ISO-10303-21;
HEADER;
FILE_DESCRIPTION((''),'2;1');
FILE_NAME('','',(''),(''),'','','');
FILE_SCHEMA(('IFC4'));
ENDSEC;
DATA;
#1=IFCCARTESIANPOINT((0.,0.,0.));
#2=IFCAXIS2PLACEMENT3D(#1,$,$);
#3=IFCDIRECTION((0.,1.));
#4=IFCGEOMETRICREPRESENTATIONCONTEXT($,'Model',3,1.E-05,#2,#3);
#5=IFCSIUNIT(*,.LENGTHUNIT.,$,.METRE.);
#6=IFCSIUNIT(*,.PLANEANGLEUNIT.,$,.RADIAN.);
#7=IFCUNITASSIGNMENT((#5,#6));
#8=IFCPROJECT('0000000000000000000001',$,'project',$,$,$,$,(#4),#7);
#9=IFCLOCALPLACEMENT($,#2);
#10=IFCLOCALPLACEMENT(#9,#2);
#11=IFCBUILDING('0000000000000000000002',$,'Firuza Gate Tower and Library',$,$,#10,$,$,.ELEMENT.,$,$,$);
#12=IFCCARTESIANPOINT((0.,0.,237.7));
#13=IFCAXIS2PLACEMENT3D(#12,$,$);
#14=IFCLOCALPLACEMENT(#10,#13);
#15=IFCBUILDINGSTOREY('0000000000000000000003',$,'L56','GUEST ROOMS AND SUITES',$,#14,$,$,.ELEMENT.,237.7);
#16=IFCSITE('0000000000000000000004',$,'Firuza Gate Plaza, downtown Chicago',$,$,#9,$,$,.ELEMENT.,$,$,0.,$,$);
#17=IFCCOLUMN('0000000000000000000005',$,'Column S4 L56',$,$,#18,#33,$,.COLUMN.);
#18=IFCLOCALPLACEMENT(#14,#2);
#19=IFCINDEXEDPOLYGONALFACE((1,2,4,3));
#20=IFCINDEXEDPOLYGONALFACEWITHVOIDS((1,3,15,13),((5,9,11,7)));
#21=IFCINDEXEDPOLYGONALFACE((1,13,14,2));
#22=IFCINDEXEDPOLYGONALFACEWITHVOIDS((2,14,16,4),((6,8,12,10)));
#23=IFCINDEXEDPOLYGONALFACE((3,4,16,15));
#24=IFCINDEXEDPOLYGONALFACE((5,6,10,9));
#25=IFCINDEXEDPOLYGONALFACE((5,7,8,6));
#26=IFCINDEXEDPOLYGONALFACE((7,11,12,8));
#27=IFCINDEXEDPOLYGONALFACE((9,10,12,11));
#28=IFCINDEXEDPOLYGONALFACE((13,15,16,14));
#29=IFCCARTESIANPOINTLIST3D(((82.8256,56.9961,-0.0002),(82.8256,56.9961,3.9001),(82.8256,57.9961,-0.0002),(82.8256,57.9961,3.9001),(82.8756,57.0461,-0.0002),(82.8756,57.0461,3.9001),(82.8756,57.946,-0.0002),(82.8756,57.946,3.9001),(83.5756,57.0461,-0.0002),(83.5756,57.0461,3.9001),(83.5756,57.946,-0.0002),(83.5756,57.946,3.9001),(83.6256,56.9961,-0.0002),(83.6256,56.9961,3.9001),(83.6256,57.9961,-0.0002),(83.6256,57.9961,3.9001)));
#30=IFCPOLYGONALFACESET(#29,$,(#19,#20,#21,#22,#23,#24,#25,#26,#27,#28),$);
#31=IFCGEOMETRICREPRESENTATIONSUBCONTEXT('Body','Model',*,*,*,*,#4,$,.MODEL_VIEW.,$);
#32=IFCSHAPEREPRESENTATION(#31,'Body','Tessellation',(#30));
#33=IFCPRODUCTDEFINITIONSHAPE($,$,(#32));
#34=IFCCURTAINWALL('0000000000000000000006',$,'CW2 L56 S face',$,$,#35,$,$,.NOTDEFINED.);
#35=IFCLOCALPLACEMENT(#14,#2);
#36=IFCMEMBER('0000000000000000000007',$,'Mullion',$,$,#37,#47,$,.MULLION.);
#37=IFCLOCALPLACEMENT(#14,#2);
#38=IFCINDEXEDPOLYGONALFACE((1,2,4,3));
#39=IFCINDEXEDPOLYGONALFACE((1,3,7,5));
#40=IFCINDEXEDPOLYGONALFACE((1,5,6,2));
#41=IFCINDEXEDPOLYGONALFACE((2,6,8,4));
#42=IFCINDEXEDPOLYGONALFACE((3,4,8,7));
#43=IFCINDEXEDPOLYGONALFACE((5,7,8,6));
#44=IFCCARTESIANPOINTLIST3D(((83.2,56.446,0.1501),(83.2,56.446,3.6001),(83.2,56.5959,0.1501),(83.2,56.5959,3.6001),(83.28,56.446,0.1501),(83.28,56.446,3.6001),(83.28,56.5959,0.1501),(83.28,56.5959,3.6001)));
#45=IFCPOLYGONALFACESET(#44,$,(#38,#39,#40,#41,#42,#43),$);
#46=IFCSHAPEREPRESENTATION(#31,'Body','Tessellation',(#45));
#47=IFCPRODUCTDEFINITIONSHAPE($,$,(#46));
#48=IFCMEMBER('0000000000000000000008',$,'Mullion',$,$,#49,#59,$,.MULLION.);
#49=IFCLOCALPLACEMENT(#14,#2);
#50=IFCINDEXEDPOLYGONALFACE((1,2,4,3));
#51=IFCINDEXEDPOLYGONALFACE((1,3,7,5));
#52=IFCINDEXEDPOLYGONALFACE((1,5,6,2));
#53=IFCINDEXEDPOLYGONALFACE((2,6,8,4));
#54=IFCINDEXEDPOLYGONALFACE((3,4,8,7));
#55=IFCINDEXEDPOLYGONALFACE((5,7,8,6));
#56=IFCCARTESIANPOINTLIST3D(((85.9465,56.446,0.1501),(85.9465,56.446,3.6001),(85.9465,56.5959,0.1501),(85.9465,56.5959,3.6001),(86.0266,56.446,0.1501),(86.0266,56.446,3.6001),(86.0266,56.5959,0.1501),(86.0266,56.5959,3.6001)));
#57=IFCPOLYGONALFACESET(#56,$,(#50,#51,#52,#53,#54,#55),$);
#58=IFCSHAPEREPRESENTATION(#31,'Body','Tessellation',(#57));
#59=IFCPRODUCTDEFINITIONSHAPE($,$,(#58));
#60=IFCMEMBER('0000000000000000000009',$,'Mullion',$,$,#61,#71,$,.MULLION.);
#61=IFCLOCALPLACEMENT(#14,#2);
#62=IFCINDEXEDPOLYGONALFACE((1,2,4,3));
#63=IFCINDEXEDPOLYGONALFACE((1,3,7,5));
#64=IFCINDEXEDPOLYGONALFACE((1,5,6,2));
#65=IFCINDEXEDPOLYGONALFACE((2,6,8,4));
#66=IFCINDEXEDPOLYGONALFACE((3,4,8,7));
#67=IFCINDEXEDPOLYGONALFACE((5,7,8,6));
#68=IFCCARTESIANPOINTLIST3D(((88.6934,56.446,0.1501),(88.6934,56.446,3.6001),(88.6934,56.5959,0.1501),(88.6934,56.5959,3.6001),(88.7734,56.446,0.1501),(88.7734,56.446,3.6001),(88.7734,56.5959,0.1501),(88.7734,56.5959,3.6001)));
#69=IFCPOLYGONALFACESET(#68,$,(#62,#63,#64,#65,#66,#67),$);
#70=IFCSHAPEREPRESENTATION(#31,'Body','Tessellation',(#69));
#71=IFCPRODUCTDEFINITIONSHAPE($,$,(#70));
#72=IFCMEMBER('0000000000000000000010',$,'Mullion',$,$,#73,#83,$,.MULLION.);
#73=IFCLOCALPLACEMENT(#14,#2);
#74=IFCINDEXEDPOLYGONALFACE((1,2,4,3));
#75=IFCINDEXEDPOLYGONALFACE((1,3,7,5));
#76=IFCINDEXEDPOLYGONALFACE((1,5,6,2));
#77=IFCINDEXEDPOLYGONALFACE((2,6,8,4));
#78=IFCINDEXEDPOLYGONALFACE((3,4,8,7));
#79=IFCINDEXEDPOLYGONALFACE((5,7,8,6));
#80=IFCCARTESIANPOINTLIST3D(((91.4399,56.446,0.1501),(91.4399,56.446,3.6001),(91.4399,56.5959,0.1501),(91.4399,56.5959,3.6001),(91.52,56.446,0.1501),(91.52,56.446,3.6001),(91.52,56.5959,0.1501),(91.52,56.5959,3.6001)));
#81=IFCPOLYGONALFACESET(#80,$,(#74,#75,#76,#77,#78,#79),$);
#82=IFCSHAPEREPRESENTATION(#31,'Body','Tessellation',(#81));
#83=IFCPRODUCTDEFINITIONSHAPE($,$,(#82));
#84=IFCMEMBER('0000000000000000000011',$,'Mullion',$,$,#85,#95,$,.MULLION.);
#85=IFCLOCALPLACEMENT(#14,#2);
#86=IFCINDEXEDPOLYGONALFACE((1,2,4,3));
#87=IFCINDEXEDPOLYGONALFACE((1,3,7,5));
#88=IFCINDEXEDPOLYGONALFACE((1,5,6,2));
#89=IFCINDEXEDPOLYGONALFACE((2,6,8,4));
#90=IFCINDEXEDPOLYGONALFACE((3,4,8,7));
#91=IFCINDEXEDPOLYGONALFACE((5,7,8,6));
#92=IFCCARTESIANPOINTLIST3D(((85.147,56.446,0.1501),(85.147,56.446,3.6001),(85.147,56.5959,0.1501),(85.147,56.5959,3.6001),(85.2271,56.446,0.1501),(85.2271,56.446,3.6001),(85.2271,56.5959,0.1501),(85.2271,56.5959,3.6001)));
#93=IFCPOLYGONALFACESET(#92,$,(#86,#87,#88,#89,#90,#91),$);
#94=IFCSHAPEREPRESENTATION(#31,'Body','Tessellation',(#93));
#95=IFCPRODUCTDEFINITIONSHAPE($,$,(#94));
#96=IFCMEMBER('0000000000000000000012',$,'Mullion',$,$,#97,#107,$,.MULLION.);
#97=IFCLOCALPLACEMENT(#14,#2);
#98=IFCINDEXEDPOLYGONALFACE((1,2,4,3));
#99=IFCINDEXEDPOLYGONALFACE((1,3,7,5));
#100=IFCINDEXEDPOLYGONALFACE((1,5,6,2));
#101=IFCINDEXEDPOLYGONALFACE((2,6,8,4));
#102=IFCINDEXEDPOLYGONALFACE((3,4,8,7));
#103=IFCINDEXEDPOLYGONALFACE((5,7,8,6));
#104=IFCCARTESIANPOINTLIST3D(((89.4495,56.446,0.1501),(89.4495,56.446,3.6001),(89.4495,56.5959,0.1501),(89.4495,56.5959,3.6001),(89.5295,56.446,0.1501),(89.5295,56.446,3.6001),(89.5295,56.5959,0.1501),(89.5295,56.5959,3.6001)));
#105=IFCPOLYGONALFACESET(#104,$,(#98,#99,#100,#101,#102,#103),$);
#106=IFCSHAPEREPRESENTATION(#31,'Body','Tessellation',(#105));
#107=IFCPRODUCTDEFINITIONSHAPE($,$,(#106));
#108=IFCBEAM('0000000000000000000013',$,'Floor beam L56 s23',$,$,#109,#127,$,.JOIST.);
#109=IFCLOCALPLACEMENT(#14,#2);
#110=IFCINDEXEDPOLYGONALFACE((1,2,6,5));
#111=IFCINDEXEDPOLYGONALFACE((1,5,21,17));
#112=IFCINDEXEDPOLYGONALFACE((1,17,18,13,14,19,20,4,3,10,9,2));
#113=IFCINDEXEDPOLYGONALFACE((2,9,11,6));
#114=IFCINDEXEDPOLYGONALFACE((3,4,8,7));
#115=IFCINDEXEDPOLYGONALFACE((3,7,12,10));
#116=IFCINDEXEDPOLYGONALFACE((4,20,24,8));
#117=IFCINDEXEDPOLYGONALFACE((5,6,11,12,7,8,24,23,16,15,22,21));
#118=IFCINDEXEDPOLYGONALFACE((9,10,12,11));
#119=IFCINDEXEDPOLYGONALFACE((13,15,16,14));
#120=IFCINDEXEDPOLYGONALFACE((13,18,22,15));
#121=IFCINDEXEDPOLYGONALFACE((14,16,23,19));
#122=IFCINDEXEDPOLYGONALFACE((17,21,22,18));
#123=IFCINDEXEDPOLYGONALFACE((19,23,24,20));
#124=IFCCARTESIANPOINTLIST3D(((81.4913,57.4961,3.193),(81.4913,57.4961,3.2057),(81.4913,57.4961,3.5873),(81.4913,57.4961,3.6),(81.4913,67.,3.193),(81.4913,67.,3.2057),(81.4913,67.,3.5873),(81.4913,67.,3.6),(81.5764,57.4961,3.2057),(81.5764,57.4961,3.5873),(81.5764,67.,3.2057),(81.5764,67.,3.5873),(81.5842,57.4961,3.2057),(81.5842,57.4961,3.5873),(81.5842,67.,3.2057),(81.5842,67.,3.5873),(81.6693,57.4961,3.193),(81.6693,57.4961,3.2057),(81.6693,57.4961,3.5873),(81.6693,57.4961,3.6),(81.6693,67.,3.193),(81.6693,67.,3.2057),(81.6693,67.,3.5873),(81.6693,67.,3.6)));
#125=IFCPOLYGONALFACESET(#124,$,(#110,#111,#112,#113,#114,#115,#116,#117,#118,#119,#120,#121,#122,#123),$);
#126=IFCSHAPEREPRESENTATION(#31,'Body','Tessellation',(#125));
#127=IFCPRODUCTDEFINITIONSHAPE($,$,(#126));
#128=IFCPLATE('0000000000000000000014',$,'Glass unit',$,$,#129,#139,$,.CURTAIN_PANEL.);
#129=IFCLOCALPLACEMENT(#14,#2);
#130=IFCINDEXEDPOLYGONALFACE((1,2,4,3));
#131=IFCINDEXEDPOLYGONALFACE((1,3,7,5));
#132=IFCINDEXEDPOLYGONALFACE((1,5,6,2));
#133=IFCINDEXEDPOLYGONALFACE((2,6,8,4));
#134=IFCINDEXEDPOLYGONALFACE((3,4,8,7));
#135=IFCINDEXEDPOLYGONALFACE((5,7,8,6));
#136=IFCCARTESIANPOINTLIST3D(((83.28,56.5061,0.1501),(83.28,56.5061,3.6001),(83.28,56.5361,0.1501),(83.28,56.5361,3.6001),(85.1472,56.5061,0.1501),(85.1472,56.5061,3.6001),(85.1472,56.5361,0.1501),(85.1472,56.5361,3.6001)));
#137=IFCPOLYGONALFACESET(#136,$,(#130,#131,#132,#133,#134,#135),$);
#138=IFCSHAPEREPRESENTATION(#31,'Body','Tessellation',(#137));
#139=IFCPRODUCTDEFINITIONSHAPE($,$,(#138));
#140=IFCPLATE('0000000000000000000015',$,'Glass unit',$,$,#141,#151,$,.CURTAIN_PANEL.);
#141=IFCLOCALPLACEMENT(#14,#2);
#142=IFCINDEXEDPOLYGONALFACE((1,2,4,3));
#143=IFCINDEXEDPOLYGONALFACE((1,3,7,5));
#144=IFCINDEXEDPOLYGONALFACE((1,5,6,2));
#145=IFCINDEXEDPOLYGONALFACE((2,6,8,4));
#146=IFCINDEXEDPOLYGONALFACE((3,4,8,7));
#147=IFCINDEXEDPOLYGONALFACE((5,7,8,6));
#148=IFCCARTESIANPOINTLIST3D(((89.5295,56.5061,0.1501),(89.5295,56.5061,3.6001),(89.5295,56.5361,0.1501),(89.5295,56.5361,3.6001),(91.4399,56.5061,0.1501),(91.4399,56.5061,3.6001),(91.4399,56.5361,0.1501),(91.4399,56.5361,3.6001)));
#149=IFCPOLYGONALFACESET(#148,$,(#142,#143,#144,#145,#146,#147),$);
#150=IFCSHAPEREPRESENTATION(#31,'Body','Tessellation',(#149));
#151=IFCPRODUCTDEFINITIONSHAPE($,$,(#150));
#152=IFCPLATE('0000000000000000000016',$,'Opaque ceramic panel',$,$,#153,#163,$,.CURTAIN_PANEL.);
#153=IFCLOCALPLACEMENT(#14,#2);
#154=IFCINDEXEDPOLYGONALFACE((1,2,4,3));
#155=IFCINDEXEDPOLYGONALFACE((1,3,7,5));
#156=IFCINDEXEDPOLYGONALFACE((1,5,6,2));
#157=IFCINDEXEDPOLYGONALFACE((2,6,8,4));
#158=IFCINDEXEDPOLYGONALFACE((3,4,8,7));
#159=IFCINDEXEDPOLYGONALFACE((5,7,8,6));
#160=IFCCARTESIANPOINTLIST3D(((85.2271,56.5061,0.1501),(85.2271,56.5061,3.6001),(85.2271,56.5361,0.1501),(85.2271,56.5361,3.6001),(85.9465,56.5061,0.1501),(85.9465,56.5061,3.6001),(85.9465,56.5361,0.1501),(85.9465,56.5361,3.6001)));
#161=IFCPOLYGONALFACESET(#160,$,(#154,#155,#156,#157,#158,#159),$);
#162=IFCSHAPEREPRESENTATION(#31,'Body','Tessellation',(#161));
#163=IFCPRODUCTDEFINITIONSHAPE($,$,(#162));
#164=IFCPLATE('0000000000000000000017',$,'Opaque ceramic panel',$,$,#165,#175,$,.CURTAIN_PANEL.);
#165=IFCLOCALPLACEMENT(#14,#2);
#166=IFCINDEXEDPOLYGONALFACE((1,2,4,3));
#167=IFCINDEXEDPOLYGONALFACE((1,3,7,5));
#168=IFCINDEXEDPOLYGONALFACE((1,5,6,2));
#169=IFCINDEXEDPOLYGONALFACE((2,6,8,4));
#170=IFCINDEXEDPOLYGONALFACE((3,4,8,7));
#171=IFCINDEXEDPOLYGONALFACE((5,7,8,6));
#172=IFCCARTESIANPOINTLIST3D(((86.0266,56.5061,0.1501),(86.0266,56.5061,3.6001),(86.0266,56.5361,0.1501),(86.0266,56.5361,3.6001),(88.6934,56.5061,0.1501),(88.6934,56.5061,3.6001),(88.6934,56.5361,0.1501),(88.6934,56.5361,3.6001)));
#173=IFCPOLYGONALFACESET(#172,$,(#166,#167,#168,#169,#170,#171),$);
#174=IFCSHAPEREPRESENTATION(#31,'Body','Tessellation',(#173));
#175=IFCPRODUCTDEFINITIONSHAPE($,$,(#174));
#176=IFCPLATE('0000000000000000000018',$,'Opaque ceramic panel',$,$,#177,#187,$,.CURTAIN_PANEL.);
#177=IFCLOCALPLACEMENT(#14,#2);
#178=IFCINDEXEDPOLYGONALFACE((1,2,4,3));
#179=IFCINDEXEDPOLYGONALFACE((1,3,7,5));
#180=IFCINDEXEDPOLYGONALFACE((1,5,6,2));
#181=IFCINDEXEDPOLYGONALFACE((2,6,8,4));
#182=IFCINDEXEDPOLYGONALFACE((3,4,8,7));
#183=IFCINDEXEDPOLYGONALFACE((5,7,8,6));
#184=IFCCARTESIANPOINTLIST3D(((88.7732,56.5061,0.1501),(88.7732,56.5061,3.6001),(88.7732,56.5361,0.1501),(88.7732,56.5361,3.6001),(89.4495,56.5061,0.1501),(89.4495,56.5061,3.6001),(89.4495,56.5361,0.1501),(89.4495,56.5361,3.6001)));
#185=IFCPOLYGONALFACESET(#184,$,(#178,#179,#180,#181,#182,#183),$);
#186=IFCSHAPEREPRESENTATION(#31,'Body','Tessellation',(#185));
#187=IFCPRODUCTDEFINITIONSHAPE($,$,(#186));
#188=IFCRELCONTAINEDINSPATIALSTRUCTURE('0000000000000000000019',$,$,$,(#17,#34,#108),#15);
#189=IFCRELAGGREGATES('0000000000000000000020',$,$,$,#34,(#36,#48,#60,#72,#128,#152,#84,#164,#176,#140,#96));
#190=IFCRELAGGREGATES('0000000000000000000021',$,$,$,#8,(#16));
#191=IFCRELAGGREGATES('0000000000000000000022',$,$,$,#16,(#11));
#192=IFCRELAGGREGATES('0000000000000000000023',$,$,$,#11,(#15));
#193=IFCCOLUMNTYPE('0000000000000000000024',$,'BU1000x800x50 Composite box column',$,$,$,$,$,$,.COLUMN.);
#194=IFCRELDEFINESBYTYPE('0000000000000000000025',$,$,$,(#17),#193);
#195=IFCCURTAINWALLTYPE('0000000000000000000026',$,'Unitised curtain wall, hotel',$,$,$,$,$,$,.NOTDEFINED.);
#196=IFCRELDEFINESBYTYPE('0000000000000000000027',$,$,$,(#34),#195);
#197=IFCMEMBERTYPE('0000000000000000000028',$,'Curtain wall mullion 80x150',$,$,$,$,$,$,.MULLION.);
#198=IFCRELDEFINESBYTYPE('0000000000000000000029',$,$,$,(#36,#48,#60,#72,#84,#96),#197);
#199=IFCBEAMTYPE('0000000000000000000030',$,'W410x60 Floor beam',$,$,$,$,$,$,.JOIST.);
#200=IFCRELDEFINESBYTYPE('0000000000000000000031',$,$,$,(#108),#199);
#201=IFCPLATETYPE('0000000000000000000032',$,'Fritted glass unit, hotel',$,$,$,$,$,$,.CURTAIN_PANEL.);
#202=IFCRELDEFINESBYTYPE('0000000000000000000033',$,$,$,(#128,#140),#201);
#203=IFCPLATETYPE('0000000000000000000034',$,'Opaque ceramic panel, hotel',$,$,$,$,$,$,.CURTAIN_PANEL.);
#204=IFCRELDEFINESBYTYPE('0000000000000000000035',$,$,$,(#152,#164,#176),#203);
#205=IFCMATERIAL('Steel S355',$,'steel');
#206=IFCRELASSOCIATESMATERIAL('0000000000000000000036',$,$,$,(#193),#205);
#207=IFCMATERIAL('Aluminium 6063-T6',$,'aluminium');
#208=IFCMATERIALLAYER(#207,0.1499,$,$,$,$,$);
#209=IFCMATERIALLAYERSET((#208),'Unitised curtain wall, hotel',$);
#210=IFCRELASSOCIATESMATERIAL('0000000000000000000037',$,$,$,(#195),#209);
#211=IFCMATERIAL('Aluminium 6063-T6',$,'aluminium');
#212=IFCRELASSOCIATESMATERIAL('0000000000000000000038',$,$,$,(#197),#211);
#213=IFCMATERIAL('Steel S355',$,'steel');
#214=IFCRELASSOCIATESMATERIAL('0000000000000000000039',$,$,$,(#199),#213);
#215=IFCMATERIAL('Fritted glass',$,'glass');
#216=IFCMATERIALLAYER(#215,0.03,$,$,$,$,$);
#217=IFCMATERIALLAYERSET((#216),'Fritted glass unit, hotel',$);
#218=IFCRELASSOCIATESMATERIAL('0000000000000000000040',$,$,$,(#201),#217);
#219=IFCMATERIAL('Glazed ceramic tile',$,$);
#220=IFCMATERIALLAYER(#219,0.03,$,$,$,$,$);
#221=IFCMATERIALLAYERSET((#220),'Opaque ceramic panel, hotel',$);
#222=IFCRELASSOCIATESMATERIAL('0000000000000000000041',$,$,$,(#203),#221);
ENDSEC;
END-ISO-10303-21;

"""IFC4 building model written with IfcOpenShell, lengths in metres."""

from ifc_helpers import new_model, si_unit, direction, frame, origin, origin_2d, place, context, subcontext, project, spatial, polyline, rectangle, hollow_rectangle, i_section, outline, extrude, material, layer, layer_set, material_profile, profile_set, type_object, element, aggregate, save


model = new_model("IFC4")

# Units and contexts
model_context = context("Model", 3, precision=1e-05, world=origin(), true_north=direction((0.0, 1.0)))
body_context = subcontext(model_context, "Body", "Model", "MODEL_VIEW")
ifc_project = project(units=[si_unit("LENGTHUNIT", "METRE"), si_unit("PLANEANGLEUNIT", "RADIAN")], contexts=[model_context])

# Site, building, storey
site_placement = place(None, origin())
site = spatial("IfcSite", under=ifc_project, at=site_placement, Name="Firuza Gate Plaza, downtown Chicago", CompositionType="ELEMENT", RefElevation=0.0)
building_placement = place(site_placement, origin())
building = spatial("IfcBuilding", under=site, at=building_placement, Name="Firuza Gate Tower and Library", CompositionType="ELEMENT")
storey_placement = place(building_placement, frame((0.0, 0.0, 237.7)))
storey = spatial("IfcBuildingStorey", under=building, at=storey_placement, Name="L56", Description="GUEST ROOMS AND SUITES", CompositionType="ELEMENT", Elevation=237.7)

# Column
ifc_material_1 = material(Name="Steel S355", Category="steel")
ifc_material_profile_1 = material_profile(ifc_material_1, hollow_rectangle(XDim=0.8, YDim=1.0, WallThickness=0.05, at=origin_2d()))
ifc_profile_set_1 = profile_set([ifc_material_profile_1], Name="Steel S355")
column_type = type_object("IfcColumnType", Name="BU1000x800x50 Composite box column", PredefinedType="COLUMN", material=ifc_profile_set_1)
column_placement = place(storey_placement, frame((83.2256, 57.4961, -0.0002), z_axis=(0.0, 0.0, 1.0), x_axis=(1.0, 0.0, 0.0)))
element("IfcColumn", 1, at=column_placement, inside=storey, type_object=column_type, Name="Column S4 L56", PredefinedType="COLUMN", context=body_context, shape_type="SweptSolid", body=[
    extrude(hollow_rectangle(XDim=0.8, YDim=1.0, WallThickness=0.05, at=origin_2d()), origin(), (0.0, 0.0, 1.0), 3.9004),
])

# Curtain wall, members
ifc_material_2 = material(Name="Aluminium 6063-T6", Category="aluminium")
ifc_layer_1 = layer(ifc_material_2, 0.1499)
ifc_layer_set_1 = layer_set([ifc_layer_1], Name="Unitised curtain wall, hotel")
curtain_wall_type = type_object("IfcCurtainWallType", Name="Unitised curtain wall, hotel", PredefinedType="NOTDEFINED", material=ifc_layer_set_1)
curtain_wall_placement = place(storey_placement, origin())
curtain_wall = element("IfcCurtainWall", 2, at=curtain_wall_placement, inside=storey, type_object=curtain_wall_type, Name="CW2 L56 S face", PredefinedType="NOTDEFINED")
ifc_material_3 = material(Name="Aluminium 6063-T6", Category="aluminium")
ifc_material_profile_2 = material_profile(ifc_material_3, rectangle(XDim=0.1499, YDim=0.0801, at=origin_2d()))
ifc_profile_set_2 = profile_set([ifc_material_profile_2], Name="Aluminium 6063-T6")
member_type = type_object("IfcMemberType", Name="Curtain wall mullion 80x150", PredefinedType="MULLION", material=ifc_profile_set_2)
member_1_placement = place(storey_placement, frame((83.24, 56.521, 0.1501), z_axis=(0.0, 0.0, 1.0), x_axis=(0.0, 1.0, 0.0)))
member_1 = element("IfcMember", 3, at=member_1_placement, type_object=member_type, Name="Mullion", PredefinedType="MULLION", context=body_context, shape_type="SweptSolid", body=[
    extrude(rectangle(XDim=0.1499, YDim=0.0801, at=origin_2d()), origin(), (0.0, 0.0, 1.0), 3.45),
])
member_2_placement = place(storey_placement, frame((85.9866, 56.521, 0.1501), z_axis=(0.0, 0.0, 1.0), x_axis=(0.0, 1.0, 0.0)))
member_2 = element("IfcMember", 4, at=member_2_placement, type_object=member_type, Name="Mullion", PredefinedType="MULLION", context=body_context, shape_type="SweptSolid", body=[
    extrude(rectangle(XDim=0.1499, YDim=0.0801, at=origin_2d()), origin(), (0.0, 0.0, 1.0), 3.45),
])
member_3_placement = place(storey_placement, frame((88.7334, 56.521, 0.1501), z_axis=(0.0, 0.0, 1.0), x_axis=(0.0, 1.0, 0.0)))
member_3 = element("IfcMember", 5, at=member_3_placement, type_object=member_type, Name="Mullion", PredefinedType="MULLION", context=body_context, shape_type="SweptSolid", body=[
    extrude(rectangle(XDim=0.1499, YDim=0.0801, at=origin_2d()), origin(), (0.0, 0.0, 1.0), 3.45),
])
member_4_placement = place(storey_placement, frame((91.48, 56.521, 0.1501), z_axis=(0.0, 0.0, 1.0), x_axis=(0.0, 1.0, 0.0)))
member_4 = element("IfcMember", 6, at=member_4_placement, type_object=member_type, Name="Mullion", PredefinedType="MULLION", context=body_context, shape_type="SweptSolid", body=[
    extrude(rectangle(XDim=0.1499, YDim=0.0801, at=origin_2d()), origin(), (0.0, 0.0, 1.0), 3.45),
])
member_5_placement = place(storey_placement, frame((85.187, 56.521, 0.1501), z_axis=(0.0, 0.0, 1.0), x_axis=(0.0, 1.0, 0.0)))
member_5 = element("IfcMember", 7, at=member_5_placement, type_object=member_type, Name="Mullion", PredefinedType="MULLION", context=body_context, shape_type="SweptSolid", body=[
    extrude(rectangle(XDim=0.1499, YDim=0.0801, at=origin_2d()), origin(), (0.0, 0.0, 1.0), 3.45),
])
member_6_placement = place(storey_placement, frame((89.4895, 56.521, 0.1501), z_axis=(0.0, 0.0, 1.0), x_axis=(0.0, 1.0, 0.0)))
member_6 = element("IfcMember", 8, at=member_6_placement, type_object=member_type, Name="Mullion", PredefinedType="MULLION", context=body_context, shape_type="SweptSolid", body=[
    extrude(rectangle(XDim=0.1499, YDim=0.0801, at=origin_2d()), origin(), (0.0, 0.0, 1.0), 3.45),
])

# Beam
ifc_material_4 = material(Name="Steel S355", Category="steel")
ifc_material_profile_3 = material_profile(ifc_material_4, i_section(OverallWidth=0.178, OverallDepth=0.407, WebThickness=0.0078, FlangeThickness=0.0127, at=origin_2d()))
ifc_profile_set_3 = profile_set([ifc_material_profile_3], Name="Steel S355")
beam_type = type_object("IfcBeamType", Name="W410x60 Floor beam", PredefinedType="JOIST", material=ifc_profile_set_3)
beam_placement = place(storey_placement, frame((81.5803, 57.4961, 3.3965), z_axis=(0.0, 1.0, 0.0), x_axis=(-1.0, 0.0, 0.0)))
element("IfcBeam", 9, at=beam_placement, inside=storey, type_object=beam_type, Name="Floor beam L56 s23", PredefinedType="JOIST", context=body_context, shape_type="SweptSolid", body=[
    extrude(i_section(OverallWidth=0.178, OverallDepth=0.407, WebThickness=0.0078, FlangeThickness=0.0127, at=origin_2d()), origin(), (0.0, 0.0, 1.0), 9.5039),
])

# Plates
ifc_material_5 = material(Name="Fritted glass", Category="glass")
ifc_layer_2 = layer(ifc_material_5, 0.03)
ifc_layer_set_2 = layer_set([ifc_layer_2], Name="Fritted glass unit, hotel")
plate_type_1 = type_object("IfcPlateType", Name="Fritted glass unit, hotel", PredefinedType="CURTAIN_PANEL", material=ifc_layer_set_2)
plate_1_placement = place(storey_placement, frame((83.28, 56.5061, 0.1501), z_axis=(0.0, -1.0, 0.0), x_axis=(1.0, 0.0, 0.0)))
plate_1 = element("IfcPlate", 10, at=plate_1_placement, type_object=plate_type_1, Name="Glass unit", PredefinedType="CURTAIN_PANEL", context=body_context, shape_type="SweptSolid", body=[
    extrude(outline(polyline([(0.0, 0.0), (1.8672, 0.0), (1.8672, 3.45), (0.0, 3.45), (0.0, 0.0)])), origin(), (0.0, 0.0, -1.0), 0.03),
])
plate_2_placement = place(storey_placement, frame((89.5295, 56.5061, 0.1501), z_axis=(0.0, -1.0, 0.0), x_axis=(1.0, 0.0, 0.0)))
plate_2 = element("IfcPlate", 11, at=plate_2_placement, type_object=plate_type_1, Name="Glass unit", PredefinedType="CURTAIN_PANEL", context=body_context, shape_type="SweptSolid", body=[
    extrude(outline(polyline([(0.0, 0.0), (1.9104, 0.0), (1.9104, 3.45), (0.0, 3.45), (0.0, 0.0)])), origin(), (0.0, 0.0, -1.0), 0.03),
])
ifc_material_6 = material(Name="Glazed ceramic tile")
ifc_layer_3 = layer(ifc_material_6, 0.03)
ifc_layer_set_3 = layer_set([ifc_layer_3], Name="Opaque ceramic panel, hotel")
plate_type_2 = type_object("IfcPlateType", Name="Opaque ceramic panel, hotel", PredefinedType="CURTAIN_PANEL", material=ifc_layer_set_3)
plate_3_placement = place(storey_placement, frame((85.2271, 56.5061, 0.1501), z_axis=(0.0, -1.0, 0.0), x_axis=(1.0, 0.0, 0.0)))
plate_3 = element("IfcPlate", 12, at=plate_3_placement, type_object=plate_type_2, Name="Opaque ceramic panel", PredefinedType="CURTAIN_PANEL", context=body_context, shape_type="SweptSolid", body=[
    extrude(outline(polyline([(0.0, 0.0), (0.7195, 0.0), (0.7195, 3.45), (0.0, 3.45), (0.0, 0.0)])), origin(), (0.0, 0.0, -1.0), 0.03),
])
plate_4_placement = place(storey_placement, frame((86.0266, 56.5061, 0.1501), z_axis=(0.0, -1.0, 0.0), x_axis=(1.0, 0.0, 0.0)))
plate_4 = element("IfcPlate", 13, at=plate_4_placement, type_object=plate_type_2, Name="Opaque ceramic panel", PredefinedType="CURTAIN_PANEL", context=body_context, shape_type="SweptSolid", body=[
    extrude(outline(polyline([(0.0, 0.0), (2.6667, 0.0), (2.6667, 3.45), (0.0, 3.45), (0.0, 0.0)])), origin(), (0.0, 0.0, -1.0), 0.03),
])
plate_5_placement = place(storey_placement, frame((88.7732, 56.5061, 0.1501), z_axis=(0.0, -1.0, 0.0), x_axis=(1.0, 0.0, 0.0)))
plate_5 = element("IfcPlate", 14, at=plate_5_placement, type_object=plate_type_2, Name="Opaque ceramic panel", PredefinedType="CURTAIN_PANEL", context=body_context, shape_type="SweptSolid", body=[
    extrude(outline(polyline([(0.0, 0.0), (0.6763, 0.0), (0.6763, 3.45), (0.0, 3.45), (0.0, 0.0)])), origin(), (0.0, 0.0, -1.0), 0.03),
])
aggregate(curtain_wall, [member_1, member_2, member_3, member_4, plate_1, plate_3, member_5, plate_4, plate_5, plate_2, member_6])

save(model, "model.ifc")
